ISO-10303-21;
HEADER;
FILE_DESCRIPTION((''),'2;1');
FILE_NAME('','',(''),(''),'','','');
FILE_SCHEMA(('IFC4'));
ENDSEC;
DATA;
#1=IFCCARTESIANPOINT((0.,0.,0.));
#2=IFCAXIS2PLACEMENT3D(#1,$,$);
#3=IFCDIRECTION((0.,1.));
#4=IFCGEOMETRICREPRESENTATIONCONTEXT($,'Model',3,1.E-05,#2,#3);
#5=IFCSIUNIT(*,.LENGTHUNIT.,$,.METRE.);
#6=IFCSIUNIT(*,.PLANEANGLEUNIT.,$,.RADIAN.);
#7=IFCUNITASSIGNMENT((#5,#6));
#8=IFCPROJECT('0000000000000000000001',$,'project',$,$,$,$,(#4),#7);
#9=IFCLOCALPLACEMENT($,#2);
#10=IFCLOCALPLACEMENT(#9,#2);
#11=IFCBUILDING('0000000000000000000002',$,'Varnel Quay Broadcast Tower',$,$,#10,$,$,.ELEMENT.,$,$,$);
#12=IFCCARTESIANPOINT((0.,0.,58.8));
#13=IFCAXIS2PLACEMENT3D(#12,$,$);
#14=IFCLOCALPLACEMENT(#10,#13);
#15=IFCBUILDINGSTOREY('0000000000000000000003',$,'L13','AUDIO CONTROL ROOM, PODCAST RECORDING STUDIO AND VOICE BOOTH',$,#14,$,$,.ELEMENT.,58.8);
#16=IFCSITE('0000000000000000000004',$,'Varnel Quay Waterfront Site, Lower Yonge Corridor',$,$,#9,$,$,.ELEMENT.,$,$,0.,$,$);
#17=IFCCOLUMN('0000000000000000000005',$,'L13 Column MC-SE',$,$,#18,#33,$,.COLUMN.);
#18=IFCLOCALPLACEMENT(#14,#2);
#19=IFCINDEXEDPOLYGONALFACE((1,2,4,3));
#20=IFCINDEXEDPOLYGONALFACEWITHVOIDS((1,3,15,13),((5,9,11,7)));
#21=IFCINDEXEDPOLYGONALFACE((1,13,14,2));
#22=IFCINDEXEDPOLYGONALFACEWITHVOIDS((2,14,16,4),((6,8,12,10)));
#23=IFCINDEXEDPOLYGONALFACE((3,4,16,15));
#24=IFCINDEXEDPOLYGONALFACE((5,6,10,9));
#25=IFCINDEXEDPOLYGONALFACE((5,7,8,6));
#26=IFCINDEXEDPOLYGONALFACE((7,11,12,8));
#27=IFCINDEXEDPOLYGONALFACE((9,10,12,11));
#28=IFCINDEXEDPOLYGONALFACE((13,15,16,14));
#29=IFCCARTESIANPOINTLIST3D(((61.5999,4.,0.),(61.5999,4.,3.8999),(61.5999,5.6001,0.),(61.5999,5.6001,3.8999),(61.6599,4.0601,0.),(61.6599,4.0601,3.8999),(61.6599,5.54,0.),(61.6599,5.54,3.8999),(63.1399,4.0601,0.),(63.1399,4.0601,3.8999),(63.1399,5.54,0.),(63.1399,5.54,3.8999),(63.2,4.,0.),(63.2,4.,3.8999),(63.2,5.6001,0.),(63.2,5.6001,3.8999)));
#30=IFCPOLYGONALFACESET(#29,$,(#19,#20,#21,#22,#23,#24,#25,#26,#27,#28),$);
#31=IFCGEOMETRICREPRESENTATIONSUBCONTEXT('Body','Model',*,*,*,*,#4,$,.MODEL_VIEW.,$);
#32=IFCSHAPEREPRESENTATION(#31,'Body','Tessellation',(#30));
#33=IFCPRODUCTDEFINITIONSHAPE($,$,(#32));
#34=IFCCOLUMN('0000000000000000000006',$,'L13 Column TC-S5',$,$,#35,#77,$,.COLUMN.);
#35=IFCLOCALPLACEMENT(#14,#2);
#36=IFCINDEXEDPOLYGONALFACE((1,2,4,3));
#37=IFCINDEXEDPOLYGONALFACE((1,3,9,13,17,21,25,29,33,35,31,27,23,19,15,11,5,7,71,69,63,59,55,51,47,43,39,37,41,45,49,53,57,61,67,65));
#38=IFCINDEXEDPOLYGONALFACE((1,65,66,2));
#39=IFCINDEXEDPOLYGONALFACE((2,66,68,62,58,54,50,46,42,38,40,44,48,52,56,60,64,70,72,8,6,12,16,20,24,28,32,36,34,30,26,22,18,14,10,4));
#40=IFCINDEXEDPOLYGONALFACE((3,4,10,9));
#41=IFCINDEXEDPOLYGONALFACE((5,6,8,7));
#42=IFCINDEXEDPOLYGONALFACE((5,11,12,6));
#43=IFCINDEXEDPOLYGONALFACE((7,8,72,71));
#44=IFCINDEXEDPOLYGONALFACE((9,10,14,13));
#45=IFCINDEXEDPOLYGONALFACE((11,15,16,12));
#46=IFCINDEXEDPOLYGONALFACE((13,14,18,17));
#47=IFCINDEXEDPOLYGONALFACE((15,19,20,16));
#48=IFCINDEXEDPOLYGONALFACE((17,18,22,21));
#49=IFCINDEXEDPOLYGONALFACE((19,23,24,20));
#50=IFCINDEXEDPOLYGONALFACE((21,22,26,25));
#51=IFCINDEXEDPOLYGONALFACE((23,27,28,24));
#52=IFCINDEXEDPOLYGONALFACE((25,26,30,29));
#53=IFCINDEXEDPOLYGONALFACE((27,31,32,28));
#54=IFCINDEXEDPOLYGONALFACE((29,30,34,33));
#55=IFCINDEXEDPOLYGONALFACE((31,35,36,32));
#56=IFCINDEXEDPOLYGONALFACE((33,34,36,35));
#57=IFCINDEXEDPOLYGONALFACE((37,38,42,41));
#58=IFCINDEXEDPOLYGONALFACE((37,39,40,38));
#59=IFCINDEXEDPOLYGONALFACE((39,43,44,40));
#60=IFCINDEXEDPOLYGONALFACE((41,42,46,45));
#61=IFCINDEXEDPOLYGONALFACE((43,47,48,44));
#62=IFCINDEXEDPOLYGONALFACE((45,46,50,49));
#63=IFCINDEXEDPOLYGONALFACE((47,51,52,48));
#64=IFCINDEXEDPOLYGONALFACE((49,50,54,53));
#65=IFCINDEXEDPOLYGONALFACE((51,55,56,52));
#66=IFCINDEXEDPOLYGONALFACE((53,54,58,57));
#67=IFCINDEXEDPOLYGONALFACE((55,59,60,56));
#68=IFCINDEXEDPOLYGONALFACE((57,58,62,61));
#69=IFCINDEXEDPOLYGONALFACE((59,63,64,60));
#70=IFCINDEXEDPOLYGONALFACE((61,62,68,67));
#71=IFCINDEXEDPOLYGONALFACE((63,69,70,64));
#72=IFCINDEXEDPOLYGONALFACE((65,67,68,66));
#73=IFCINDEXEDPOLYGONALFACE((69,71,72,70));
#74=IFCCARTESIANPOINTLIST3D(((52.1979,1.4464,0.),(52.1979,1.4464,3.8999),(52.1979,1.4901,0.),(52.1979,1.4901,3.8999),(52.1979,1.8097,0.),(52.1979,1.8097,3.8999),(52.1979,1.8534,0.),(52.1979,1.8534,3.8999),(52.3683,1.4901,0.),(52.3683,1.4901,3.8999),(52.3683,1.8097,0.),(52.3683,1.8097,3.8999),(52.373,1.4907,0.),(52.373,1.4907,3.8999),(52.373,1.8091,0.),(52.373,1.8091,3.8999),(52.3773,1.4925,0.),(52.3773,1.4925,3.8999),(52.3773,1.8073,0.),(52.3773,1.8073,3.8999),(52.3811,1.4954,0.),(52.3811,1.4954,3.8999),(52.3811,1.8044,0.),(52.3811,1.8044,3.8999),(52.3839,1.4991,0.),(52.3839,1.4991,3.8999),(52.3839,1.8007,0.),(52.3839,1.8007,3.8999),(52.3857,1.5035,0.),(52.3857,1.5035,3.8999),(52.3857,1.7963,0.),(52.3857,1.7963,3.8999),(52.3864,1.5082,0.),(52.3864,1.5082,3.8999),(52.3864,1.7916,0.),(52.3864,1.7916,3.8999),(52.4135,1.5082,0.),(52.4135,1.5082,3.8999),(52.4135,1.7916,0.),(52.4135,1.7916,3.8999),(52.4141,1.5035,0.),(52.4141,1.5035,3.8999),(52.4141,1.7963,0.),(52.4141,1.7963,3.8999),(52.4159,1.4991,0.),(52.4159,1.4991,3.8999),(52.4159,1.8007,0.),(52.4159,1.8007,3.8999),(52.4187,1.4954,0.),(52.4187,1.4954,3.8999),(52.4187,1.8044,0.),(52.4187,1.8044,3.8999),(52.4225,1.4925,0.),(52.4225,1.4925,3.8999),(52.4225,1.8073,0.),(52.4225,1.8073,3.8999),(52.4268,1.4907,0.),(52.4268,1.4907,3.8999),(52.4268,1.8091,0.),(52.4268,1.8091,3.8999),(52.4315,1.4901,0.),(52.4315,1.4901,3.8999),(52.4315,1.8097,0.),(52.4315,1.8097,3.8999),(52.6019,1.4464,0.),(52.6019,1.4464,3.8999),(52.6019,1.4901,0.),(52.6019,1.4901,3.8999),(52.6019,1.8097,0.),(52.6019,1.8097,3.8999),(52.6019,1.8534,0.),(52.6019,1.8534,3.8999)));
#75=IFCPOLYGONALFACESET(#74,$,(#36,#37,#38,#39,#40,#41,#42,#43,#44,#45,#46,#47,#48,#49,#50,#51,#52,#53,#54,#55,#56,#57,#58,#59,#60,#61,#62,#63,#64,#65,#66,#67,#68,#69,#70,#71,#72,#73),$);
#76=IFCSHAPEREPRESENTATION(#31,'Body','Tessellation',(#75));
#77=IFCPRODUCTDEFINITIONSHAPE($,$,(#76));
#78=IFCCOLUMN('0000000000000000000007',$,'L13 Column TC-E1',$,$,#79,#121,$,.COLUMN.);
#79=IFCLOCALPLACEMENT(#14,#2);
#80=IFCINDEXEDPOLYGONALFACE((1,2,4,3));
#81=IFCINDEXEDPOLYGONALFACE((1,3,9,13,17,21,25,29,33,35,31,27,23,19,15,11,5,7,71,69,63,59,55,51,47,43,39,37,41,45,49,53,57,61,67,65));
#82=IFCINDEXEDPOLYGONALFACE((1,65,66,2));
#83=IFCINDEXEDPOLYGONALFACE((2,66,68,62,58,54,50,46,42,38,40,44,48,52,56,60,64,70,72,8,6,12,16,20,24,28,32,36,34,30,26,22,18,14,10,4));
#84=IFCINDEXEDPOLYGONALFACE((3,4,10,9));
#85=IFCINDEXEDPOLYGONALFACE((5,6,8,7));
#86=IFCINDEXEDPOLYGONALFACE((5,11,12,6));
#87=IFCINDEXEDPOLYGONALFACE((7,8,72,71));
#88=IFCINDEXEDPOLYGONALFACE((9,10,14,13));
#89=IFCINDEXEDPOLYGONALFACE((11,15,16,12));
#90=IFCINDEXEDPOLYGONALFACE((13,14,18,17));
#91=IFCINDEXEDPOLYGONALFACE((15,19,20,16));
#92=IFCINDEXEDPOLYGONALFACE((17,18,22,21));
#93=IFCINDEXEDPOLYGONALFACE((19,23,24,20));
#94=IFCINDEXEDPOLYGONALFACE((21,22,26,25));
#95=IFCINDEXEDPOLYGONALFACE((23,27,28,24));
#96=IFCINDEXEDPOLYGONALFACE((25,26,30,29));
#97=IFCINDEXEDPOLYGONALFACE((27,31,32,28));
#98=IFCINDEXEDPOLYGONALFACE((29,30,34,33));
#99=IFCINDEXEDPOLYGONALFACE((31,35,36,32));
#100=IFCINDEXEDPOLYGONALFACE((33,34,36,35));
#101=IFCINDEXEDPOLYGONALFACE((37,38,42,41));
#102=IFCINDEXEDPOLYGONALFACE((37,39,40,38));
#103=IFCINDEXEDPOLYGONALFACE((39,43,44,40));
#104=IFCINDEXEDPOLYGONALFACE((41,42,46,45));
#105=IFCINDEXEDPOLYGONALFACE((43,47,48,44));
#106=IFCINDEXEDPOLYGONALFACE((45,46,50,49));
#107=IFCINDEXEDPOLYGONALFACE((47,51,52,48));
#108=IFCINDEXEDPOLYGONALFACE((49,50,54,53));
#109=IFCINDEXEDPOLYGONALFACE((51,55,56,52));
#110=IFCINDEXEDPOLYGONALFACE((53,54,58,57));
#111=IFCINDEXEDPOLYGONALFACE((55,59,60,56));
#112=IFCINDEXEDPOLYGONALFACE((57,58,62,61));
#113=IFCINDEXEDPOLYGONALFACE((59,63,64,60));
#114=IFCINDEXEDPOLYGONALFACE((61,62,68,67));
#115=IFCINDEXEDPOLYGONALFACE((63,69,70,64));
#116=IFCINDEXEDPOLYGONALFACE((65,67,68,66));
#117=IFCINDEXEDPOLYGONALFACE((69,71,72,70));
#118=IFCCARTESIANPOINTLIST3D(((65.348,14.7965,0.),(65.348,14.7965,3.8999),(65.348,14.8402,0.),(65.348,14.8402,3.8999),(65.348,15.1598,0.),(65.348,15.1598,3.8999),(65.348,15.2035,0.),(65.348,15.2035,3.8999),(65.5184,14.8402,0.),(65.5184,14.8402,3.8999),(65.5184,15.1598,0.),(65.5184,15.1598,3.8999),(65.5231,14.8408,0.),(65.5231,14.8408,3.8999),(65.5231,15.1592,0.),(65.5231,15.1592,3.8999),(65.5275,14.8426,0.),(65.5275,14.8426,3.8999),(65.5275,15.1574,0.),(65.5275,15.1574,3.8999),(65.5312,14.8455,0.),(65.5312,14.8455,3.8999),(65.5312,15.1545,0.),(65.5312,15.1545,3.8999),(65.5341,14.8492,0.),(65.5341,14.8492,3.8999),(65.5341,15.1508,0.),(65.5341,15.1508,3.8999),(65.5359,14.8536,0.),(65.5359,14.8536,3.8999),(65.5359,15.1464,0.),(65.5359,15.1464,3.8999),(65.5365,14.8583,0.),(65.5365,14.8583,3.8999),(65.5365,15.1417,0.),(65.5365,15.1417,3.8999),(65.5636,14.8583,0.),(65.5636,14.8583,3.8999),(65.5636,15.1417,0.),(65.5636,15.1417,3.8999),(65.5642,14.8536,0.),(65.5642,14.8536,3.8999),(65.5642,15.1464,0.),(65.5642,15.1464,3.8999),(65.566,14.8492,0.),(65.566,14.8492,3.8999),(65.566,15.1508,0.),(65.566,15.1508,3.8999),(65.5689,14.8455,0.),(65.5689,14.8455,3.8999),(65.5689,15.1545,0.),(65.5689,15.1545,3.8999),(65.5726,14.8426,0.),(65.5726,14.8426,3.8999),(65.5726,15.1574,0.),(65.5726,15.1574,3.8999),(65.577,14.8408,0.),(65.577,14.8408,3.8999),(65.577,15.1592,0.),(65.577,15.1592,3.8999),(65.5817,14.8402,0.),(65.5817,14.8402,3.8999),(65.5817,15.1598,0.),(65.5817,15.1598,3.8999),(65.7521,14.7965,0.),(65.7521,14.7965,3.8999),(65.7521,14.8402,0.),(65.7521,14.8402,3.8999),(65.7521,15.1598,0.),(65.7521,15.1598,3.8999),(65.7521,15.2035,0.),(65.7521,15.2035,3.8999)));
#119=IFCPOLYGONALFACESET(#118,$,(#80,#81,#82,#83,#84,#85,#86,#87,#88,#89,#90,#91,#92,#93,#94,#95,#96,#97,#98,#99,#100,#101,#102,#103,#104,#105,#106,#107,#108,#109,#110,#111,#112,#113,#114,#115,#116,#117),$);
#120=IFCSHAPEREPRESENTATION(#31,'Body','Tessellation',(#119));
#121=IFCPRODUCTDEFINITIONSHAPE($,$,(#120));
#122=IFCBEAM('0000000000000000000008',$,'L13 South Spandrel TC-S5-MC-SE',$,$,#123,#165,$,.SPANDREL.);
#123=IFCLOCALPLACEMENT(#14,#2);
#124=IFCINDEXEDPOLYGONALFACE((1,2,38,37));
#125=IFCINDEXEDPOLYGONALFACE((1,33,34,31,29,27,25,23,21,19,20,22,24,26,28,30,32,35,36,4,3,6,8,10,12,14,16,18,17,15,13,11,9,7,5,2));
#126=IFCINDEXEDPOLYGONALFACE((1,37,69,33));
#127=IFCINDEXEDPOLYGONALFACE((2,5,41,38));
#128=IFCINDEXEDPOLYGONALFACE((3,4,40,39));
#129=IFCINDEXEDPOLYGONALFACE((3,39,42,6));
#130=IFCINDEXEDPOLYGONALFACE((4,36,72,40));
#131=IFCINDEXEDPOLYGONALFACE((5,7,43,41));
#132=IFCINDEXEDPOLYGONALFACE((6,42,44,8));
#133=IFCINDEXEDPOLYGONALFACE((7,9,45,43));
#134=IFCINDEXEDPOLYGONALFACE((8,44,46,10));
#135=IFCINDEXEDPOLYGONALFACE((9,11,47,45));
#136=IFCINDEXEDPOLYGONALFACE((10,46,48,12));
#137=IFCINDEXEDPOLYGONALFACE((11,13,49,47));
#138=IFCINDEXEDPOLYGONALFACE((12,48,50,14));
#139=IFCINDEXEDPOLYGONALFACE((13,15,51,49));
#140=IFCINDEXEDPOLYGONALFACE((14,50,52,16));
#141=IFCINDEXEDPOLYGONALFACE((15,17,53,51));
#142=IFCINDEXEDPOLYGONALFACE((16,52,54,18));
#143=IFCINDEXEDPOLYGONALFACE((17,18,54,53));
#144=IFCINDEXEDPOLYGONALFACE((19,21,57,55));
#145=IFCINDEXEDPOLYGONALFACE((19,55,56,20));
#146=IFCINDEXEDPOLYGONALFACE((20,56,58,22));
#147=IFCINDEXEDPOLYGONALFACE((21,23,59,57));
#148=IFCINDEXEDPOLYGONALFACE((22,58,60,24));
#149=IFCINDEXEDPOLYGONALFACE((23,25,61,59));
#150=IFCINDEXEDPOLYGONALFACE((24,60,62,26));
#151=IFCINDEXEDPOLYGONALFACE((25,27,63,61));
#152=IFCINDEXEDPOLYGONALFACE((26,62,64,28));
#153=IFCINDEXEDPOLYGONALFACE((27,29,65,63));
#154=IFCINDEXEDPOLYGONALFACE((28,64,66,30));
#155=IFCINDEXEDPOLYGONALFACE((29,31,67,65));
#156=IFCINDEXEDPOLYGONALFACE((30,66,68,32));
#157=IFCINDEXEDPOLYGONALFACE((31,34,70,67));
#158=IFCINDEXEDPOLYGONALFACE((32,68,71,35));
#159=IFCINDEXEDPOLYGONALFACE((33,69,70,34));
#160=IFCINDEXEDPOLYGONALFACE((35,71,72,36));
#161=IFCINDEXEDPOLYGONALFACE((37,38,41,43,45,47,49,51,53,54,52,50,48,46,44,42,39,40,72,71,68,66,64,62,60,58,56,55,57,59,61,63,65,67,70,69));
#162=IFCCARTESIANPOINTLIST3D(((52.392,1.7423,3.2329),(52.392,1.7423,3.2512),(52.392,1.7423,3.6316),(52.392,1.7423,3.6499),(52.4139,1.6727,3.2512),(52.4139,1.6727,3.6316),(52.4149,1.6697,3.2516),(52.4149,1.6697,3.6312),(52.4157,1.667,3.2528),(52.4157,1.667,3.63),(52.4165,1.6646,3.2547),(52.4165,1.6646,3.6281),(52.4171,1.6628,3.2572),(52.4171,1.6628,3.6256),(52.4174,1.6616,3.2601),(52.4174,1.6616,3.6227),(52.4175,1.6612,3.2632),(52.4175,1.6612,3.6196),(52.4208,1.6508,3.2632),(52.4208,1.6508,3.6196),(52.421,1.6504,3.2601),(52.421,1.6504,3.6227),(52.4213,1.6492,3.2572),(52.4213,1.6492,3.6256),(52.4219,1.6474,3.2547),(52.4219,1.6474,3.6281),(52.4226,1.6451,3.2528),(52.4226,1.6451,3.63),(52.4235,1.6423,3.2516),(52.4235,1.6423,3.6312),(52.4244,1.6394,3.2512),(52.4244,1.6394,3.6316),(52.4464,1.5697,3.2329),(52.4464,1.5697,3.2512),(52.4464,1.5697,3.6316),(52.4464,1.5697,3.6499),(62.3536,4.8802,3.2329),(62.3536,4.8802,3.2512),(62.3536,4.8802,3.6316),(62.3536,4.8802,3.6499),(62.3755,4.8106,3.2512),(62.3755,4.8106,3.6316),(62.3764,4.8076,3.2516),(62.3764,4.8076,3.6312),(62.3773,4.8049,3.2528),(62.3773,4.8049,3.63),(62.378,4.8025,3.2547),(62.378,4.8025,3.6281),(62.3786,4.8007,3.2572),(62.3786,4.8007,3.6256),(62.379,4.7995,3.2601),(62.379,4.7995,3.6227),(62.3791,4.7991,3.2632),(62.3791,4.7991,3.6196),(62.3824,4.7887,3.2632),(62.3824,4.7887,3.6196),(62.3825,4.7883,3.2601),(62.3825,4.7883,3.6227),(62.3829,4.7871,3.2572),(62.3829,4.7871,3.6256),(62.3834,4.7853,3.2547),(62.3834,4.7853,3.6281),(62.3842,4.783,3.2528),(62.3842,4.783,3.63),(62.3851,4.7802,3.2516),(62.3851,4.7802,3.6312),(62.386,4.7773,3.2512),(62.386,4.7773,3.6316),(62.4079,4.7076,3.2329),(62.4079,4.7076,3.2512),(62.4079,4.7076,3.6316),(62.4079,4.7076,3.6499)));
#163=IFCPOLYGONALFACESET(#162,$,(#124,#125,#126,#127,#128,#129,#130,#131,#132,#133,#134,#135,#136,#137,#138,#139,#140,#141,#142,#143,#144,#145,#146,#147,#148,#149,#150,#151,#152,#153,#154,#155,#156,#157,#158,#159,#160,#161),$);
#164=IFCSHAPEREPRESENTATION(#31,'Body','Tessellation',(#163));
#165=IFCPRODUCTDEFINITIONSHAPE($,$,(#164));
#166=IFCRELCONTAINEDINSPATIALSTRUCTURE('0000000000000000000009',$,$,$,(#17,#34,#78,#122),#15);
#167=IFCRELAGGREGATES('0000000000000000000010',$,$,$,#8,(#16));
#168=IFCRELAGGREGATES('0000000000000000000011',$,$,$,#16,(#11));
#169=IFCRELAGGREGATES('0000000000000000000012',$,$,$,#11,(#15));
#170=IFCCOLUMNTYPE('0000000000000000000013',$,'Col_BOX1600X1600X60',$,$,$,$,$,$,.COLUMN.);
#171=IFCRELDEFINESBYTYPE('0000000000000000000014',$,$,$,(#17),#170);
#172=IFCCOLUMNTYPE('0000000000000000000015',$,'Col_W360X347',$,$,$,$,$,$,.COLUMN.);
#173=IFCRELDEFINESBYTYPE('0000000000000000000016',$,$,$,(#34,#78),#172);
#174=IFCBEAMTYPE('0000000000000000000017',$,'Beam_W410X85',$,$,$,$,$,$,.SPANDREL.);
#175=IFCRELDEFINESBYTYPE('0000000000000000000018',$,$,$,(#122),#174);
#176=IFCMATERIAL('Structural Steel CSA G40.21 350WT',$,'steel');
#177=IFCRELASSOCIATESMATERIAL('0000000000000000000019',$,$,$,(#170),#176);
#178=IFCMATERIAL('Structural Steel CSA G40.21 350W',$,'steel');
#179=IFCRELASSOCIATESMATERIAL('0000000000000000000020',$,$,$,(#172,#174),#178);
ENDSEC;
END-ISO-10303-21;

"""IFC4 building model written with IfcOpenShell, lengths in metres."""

from ifc_helpers import new_model, si_unit, direction, frame, origin, origin_2d, place, context, subcontext, project, spatial, hollow_rectangle, i_section, extrude, source, transform, mapped, material, material_profile, profile_set, type_object, type_shapes, element, save


model = new_model("IFC4")

# Units and contexts
model_context = context("Model", 3, precision=1e-05, world=origin(), true_north=direction((0.0, 1.0)))
body_context = subcontext(model_context, "Body", "Model", "MODEL_VIEW")
ifc_project = project(units=[si_unit("LENGTHUNIT", "METRE"), si_unit("PLANEANGLEUNIT", "RADIAN")], contexts=[model_context])

# Site, building, storey
site_placement = place(None, origin())
site = spatial("IfcSite", under=ifc_project, at=site_placement, Name="Varnel Quay Waterfront Site, Lower Yonge Corridor", CompositionType="ELEMENT", RefElevation=0.0)
building_placement = place(site_placement, origin())
building = spatial("IfcBuilding", under=site, at=building_placement, Name="Varnel Quay Broadcast Tower", CompositionType="ELEMENT")
storey_placement = place(building_placement, frame((0.0, 0.0, 58.8)))
storey = spatial("IfcBuildingStorey", under=building, at=storey_placement, Name="L13", Description="AUDIO CONTROL ROOM, PODCAST RECORDING STUDIO AND VOICE BOOTH", CompositionType="ELEMENT", Elevation=58.8)

# Columns
ifc_material_1 = material(Name="Structural Steel CSA G40.21 350WT", Category="steel")
ifc_material_profile_1 = material_profile(ifc_material_1, hollow_rectangle(XDim=1.6001, YDim=1.6001, WallThickness=0.0601, at=origin_2d()), Name="BOX1600X1600X60")
ifc_profile_set_1 = profile_set([ifc_material_profile_1], Name="Structural Steel CSA G40.21 350WT")
column_type_1 = type_object("IfcColumnType", Name="Col_BOX1600X1600X60", PredefinedType="COLUMN", material=ifc_profile_set_1)
shared_shape_1 = source(origin(), body_context, "Body", "SweptSolid", [
    extrude(hollow_rectangle(XDim=1.6001, YDim=1.6001, WallThickness=0.0601, at=origin_2d()), origin(), (0.0, 0.0, 1.0), 3.8999),
])
type_shapes(column_type_1, [shared_shape_1])
column_placement = place(storey_placement, frame((62.3999, 4.8, 0.0), z_axis=(0.0, 0.0, 1.0), x_axis=(1.0, 0.0, 0.0)))
element("IfcColumn", 1, at=column_placement, inside=storey, type_object=column_type_1, Name="L13 Column MC-SE", PredefinedType="COLUMN", context=body_context, shape_type="MappedRepresentation", body=[
    mapped(shared_shape_1, transform((0.0, 0.0, 0.0), x_axis=(1.0, 0.0, 0.0), y_axis=(0.0, 1.0, 0.0), z_axis=(0.0, 0.0, 1.0), scale=1.0)),
])
ifc_material_2 = material(Name="Structural Steel CSA G40.21 350W", Category="steel")
ifc_material_profile_2 = material_profile(ifc_material_2, i_section(OverallWidth=0.4041, OverallDepth=0.407, WebThickness=0.0271, FlangeThickness=0.0437, FilletRadius=0.0181, at=origin_2d()), Name="W360X347")
ifc_profile_set_2 = profile_set([ifc_material_profile_2], Name="Structural Steel CSA G40.21 350W")
column_type_2 = type_object("IfcColumnType", Name="Col_W360X347", PredefinedType="COLUMN", material=ifc_profile_set_2)
shared_shape_2 = source(origin(), body_context, "Body", "SweptSolid", [
    extrude(i_section(OverallWidth=0.4041, OverallDepth=0.407, WebThickness=0.0271, FlangeThickness=0.0437, FilletRadius=0.0181, at=origin_2d()), origin(), (0.0, 0.0, 1.0), 3.8999),
])
type_shapes(column_type_2, [shared_shape_2])
for number, where, z_axis, x_axis, name in (
    (2, (52.3999, 1.6499, 0.0), (0.0, 0.0, 1.0), (1.0, 0.0, 0.0), "L13 Column TC-S5"),
    (3, (65.55, 15.0, 0.0), (0.0, 0.0, 1.0), (1.0, 0.0, 0.0), "L13 Column TC-E1"),
):
    element("IfcColumn", number, at=place(storey_placement, frame(where, z_axis=z_axis, x_axis=x_axis)), inside=storey, type_object=column_type_2, Name=name, PredefinedType="COLUMN", context=body_context, shape_type="MappedRepresentation", body=[
        mapped(shared_shape_2, transform((0.0, 0.0, 0.0), x_axis=(1.0, 0.0, 0.0), y_axis=(0.0, 1.0, 0.0), z_axis=(0.0, 0.0, 1.0), scale=1.0)),
    ])

# Beam
ifc_material_profile_3 = material_profile(ifc_material_2, i_section(OverallWidth=0.1809, OverallDepth=0.417, WebThickness=0.011, FlangeThickness=0.0183, FilletRadius=0.012, at=origin_2d()), Name="W410X85")
ifc_profile_set_3 = profile_set([ifc_material_profile_3], Name="Structural Steel CSA G40.21 350W")
beam_type = type_object("IfcBeamType", Name="Beam_W410X85", PredefinedType="SPANDREL", material=ifc_profile_set_3)
shared_shape_3 = source(origin(), body_context, "Body", "SweptSolid", [
    extrude(i_section(OverallWidth=0.1809, OverallDepth=0.417, WebThickness=0.011, FlangeThickness=0.0183, FilletRadius=0.012, at=origin_2d()), origin(), (0.0, 0.0, 1.0), 10.4441),
])
beam_1_placement = place(storey_placement, frame((52.4192, 1.656, 3.4414), z_axis=(0.953798, 0.300448, 0.0), x_axis=(-0.300448, 0.953798, 0.0)))
element("IfcBeam", 4, at=beam_1_placement, inside=storey, type_object=beam_type, Name="L13 South Spandrel TC-S5-MC-SE", PredefinedType="SPANDREL", context=body_context, shape_type="MappedRepresentation", body=[
    mapped(shared_shape_3, transform((0.0, 0.0, 0.0), x_axis=(1.0, 0.0, 0.0), y_axis=(0.0, 1.0, 0.0), z_axis=(0.0, 0.0, 1.0), scale=1.0)),
])

save(model, "model.ifc")
